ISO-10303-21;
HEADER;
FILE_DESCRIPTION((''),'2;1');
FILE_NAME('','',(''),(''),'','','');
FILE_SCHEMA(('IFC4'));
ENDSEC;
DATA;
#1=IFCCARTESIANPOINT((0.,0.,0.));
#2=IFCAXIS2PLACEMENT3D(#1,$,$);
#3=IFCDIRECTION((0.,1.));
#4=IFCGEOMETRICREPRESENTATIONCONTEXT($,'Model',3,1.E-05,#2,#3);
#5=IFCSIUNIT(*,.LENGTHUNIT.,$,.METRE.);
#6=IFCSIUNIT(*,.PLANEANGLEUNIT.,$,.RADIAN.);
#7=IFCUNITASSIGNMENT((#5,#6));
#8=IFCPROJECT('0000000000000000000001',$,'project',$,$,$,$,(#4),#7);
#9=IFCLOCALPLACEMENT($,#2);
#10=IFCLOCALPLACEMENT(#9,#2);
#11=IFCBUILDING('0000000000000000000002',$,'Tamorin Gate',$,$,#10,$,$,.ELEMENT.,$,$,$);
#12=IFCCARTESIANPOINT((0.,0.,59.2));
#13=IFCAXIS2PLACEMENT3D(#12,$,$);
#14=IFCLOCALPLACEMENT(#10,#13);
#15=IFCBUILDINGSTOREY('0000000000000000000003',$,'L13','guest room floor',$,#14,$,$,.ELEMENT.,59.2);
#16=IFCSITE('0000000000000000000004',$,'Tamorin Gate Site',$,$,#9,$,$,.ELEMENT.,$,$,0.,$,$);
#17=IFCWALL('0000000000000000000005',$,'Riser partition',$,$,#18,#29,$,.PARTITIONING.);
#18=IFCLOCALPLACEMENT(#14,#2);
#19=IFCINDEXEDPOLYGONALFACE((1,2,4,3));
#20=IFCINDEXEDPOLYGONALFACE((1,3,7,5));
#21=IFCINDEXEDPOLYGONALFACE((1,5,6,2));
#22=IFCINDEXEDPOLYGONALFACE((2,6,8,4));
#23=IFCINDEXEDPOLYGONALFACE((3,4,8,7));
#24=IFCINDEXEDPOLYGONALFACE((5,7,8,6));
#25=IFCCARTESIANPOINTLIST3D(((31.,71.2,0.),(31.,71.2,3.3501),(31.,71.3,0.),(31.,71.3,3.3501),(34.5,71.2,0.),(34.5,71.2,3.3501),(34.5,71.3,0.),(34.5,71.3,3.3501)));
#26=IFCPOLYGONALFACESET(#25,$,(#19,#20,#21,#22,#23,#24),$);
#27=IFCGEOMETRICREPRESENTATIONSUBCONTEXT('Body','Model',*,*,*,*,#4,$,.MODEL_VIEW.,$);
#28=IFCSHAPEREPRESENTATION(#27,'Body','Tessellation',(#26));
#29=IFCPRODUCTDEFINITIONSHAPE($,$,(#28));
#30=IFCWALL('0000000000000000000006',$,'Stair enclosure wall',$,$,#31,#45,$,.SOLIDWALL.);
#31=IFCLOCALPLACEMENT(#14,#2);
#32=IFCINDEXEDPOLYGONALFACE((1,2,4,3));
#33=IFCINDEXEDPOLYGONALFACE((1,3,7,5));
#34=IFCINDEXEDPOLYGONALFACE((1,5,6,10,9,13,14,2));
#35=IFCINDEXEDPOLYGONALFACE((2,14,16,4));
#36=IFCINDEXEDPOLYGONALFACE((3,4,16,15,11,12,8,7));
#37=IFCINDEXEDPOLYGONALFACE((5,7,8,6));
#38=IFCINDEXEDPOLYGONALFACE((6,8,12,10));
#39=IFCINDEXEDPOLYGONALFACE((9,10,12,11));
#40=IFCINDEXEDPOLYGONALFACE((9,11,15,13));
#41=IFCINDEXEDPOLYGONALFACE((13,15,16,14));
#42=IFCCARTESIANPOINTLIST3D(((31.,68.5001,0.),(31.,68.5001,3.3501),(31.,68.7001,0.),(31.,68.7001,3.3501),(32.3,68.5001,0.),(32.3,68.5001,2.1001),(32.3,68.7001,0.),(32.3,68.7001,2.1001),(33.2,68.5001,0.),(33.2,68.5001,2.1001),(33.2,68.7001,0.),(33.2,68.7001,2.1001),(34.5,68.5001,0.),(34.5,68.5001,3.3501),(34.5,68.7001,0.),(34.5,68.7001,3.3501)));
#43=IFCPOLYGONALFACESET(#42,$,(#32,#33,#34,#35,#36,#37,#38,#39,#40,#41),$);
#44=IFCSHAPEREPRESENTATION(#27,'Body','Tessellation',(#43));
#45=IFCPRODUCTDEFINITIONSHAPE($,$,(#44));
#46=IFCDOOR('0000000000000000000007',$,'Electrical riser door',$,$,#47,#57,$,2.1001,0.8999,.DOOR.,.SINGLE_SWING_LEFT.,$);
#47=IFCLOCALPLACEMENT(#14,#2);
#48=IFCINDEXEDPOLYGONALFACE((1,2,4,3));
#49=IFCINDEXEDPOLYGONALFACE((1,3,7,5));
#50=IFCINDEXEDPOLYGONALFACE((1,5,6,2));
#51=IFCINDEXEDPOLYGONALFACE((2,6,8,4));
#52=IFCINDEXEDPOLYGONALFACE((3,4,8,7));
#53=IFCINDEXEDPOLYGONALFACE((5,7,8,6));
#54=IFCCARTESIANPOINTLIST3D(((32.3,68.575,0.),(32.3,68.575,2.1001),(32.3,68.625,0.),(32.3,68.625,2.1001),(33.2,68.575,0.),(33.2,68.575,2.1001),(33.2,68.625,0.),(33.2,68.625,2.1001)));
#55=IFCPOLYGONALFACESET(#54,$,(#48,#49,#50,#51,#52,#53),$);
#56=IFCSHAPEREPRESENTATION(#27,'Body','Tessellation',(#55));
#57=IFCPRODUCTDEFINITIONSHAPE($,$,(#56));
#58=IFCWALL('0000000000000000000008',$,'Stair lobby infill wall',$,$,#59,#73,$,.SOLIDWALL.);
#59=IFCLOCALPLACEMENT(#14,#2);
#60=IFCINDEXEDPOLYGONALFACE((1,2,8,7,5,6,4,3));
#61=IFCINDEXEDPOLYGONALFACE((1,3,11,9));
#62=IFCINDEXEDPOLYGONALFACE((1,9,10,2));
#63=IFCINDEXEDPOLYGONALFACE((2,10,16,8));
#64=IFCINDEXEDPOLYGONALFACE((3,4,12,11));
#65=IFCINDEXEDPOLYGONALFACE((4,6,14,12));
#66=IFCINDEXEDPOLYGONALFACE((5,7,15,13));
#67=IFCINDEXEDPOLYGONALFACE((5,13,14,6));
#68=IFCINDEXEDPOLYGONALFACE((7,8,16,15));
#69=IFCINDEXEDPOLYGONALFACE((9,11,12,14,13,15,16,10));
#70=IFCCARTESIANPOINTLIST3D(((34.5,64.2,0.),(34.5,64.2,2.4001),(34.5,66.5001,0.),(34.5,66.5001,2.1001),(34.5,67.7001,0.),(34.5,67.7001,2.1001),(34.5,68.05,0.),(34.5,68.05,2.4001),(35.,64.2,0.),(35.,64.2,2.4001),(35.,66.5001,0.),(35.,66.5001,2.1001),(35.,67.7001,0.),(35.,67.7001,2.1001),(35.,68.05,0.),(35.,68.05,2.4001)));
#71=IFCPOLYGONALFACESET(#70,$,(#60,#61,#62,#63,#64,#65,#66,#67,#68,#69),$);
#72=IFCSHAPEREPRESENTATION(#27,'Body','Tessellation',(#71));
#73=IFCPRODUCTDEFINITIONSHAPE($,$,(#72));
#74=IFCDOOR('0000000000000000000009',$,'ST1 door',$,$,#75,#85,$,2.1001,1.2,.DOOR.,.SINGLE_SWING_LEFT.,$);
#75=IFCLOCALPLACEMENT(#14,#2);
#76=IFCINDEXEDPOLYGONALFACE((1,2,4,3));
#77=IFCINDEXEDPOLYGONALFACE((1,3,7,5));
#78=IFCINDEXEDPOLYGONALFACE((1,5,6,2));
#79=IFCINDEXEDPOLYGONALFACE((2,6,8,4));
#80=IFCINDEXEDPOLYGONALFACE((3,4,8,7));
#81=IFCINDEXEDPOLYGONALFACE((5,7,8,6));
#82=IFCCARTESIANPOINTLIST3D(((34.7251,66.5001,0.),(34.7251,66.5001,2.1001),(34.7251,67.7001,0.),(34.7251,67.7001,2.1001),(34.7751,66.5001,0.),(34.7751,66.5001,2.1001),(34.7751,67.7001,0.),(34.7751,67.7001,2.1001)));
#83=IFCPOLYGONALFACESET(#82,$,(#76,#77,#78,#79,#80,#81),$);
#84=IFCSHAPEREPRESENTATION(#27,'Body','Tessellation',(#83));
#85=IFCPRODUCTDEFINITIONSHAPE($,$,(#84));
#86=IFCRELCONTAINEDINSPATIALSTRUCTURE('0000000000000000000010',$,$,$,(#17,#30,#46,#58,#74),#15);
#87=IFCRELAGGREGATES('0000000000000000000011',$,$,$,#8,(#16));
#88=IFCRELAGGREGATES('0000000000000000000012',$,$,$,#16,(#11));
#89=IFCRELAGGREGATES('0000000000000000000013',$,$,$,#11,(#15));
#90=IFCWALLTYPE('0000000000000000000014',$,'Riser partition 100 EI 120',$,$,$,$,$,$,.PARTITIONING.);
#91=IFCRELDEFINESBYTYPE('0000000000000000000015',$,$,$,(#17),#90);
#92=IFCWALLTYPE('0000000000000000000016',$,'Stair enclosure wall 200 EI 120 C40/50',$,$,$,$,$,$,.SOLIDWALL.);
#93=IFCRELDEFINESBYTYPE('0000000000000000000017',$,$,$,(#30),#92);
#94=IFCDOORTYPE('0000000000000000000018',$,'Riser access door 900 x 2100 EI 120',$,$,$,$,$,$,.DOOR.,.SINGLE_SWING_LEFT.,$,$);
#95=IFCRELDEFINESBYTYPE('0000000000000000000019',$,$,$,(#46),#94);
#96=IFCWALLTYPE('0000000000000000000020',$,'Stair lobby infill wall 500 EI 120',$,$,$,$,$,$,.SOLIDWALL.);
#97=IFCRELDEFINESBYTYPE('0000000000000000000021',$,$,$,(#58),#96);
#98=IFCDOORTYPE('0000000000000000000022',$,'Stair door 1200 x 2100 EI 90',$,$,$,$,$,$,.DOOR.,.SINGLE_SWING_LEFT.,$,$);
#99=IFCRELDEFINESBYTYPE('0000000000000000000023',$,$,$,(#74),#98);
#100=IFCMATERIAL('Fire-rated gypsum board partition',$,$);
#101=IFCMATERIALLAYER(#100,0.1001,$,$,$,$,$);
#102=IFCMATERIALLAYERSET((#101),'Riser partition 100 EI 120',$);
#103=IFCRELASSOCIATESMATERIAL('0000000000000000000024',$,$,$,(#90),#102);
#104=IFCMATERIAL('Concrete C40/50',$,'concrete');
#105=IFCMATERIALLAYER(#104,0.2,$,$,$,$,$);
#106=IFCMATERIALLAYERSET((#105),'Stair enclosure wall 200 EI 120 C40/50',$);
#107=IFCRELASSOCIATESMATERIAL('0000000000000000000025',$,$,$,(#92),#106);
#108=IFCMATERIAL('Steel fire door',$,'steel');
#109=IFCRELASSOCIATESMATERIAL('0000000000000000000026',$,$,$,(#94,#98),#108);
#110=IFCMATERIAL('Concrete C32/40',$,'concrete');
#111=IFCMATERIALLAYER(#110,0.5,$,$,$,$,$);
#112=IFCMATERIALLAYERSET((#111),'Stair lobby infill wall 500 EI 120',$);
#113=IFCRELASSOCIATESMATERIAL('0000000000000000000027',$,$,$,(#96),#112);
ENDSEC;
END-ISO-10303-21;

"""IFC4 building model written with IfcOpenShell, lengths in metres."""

from ifc_helpers import new_model, si_unit, direction, frame, frame_2d, origin, place, context, subcontext, project, spatial, rectangle, extrude, material, layer, layer_set, type_object, element, fill, save


model = new_model("IFC4")

# Units and contexts
model_context = context("Model", 3, precision=1e-05, world=origin(), true_north=direction((0.0, 1.0)))
body_context = subcontext(model_context, "Body", "Model", "MODEL_VIEW")
ifc_project = project(units=[si_unit("LENGTHUNIT", "METRE"), si_unit("PLANEANGLEUNIT", "RADIAN")], contexts=[model_context])

# Site, building, storey
site_placement = place(None, origin())
site = spatial("IfcSite", under=ifc_project, at=site_placement, Name="Tamorin Gate Site", CompositionType="ELEMENT", RefElevation=0.0)
building_placement = place(site_placement, origin())
building = spatial("IfcBuilding", under=site, at=building_placement, Name="Tamorin Gate", CompositionType="ELEMENT")
storey_placement = place(building_placement, frame((0.0, 0.0, 59.2)))
storey = spatial("IfcBuildingStorey", under=building, at=storey_placement, Name="L13", Description="guest room floor", CompositionType="ELEMENT", Elevation=59.2)

# Shared definitions
ifc_material_1 = material(Name="Concrete C32/40", Category="concrete")

# Wall
ifc_material_2 = material(Name="Fire-rated gypsum board partition")
ifc_layer_1 = layer(ifc_material_2, 0.1001)
ifc_layer_set_1 = layer_set([ifc_layer_1], Name="Riser partition 100 EI 120")
wall_type_1 = type_object("IfcWallType", Name="Riser partition 100 EI 120", PredefinedType="PARTITIONING", material=ifc_layer_set_1)
wall_1_placement = place(storey_placement, frame((31.0, 71.25, 0.0), z_axis=(0.0, 0.0, 1.0), x_axis=(1.0, 0.0, 0.0)))
element("IfcWall", 1, at=wall_1_placement, inside=storey, type_object=wall_type_1, Name="Riser partition", PredefinedType="PARTITIONING", context=body_context, shape_type="SweptSolid", body=[
    extrude(rectangle(XDim=3.5, YDim=0.1001, at=frame_2d((1.75, 0.0))), origin(), (0.0, 0.0, 1.0), 3.3501),
])

# Walls, openings, doors
ifc_material_3 = material(Name="Concrete C40/50", Category="concrete")
ifc_layer_2 = layer(ifc_material_3, 0.2)
ifc_layer_set_2 = layer_set([ifc_layer_2], Name="Stair enclosure wall 200 EI 120 C40/50")
wall_type_2 = type_object("IfcWallType", Name="Stair enclosure wall 200 EI 120 C40/50", PredefinedType="SOLIDWALL", material=ifc_layer_set_2)
wall_2_placement = place(storey_placement, frame((31.0, 68.6001, 0.0), z_axis=(0.0, 0.0, 1.0), x_axis=(1.0, 0.0, 0.0)))
wall_2 = element("IfcWall", 2, at=wall_2_placement, inside=storey, type_object=wall_type_2, Name="Stair enclosure wall", PredefinedType="SOLIDWALL", context=body_context, shape_type="SweptSolid", body=[
    extrude(rectangle(XDim=3.5, YDim=0.2, at=frame_2d((1.75, 0.0))), origin(), (0.0, 0.0, 1.0), 3.3501),
])
opening_1_placement = place(wall_2_placement, frame((1.3, 0.0, 0.0)))
opening_1 = element("IfcOpeningElement", 3, at=opening_1_placement, cuts=wall_2, PredefinedType="OPENING", context=body_context, shape_type="SweptSolid", body=[
    extrude(rectangle(XDim=0.8999, YDim=2.1001, at=frame_2d((0.45, 1.05))), frame((0.0, 0.1099, 0.0), z_axis=(0.0, -1.0, 0.0), x_axis=(1.0, 0.0, 0.0)), (0.0, 0.0, 1.0), 0.22),
])
ifc_material_4 = material(Name="Steel fire door", Category="steel")
door_type_1 = type_object("IfcDoorType", Name="Riser access door 900 x 2100 EI 120", OperationType="SINGLE_SWING_LEFT", PredefinedType="DOOR", material=ifc_material_4)
door_1_placement = place(opening_1_placement, origin())
door_1 = element("IfcDoor", 4, at=door_1_placement, inside=storey, type_object=door_type_1, Name="Electrical riser door", OperationType="SINGLE_SWING_LEFT", OverallHeight=2.1001, OverallWidth=0.8999, PredefinedType="DOOR", context=body_context, shape_type="SweptSolid", body=[
    extrude(rectangle(XDim=0.8999, YDim=2.1001, at=frame_2d((0.45, 1.05))), frame((0.0, 0.0249, 0.0), z_axis=(0.0, -1.0, 0.0), x_axis=(1.0, 0.0, 0.0)), (0.0, 0.0, 1.0), 0.05),
])
fill(opening_1, door_1)
ifc_layer_3 = layer(ifc_material_1, 0.5)
ifc_layer_set_3 = layer_set([ifc_layer_3], Name="Stair lobby infill wall 500 EI 120")
wall_type_3 = type_object("IfcWallType", Name="Stair lobby infill wall 500 EI 120", PredefinedType="SOLIDWALL", material=ifc_layer_set_3)
wall_3_placement = place(storey_placement, frame((34.75, 64.2, 0.0), z_axis=(0.0, 0.0, 1.0), x_axis=(0.0, 1.0, 0.0)))
wall_3 = element("IfcWall", 5, at=wall_3_placement, inside=storey, type_object=wall_type_3, Name="Stair lobby infill wall", PredefinedType="SOLIDWALL", context=body_context, shape_type="SweptSolid", body=[
    extrude(rectangle(XDim=3.8501, YDim=0.5, at=frame_2d((1.925, 0.0))), origin(), (0.0, 0.0, 1.0), 2.4001),
])
opening_2_placement = place(wall_3_placement, frame((2.3, 0.0, 0.0)))
opening_2 = element("IfcOpeningElement", 6, at=opening_2_placement, cuts=wall_3, PredefinedType="OPENING", context=body_context, shape_type="SweptSolid", body=[
    extrude(rectangle(XDim=1.2, YDim=2.1001, at=frame_2d((0.6001, 1.05))), frame((0.0, 0.26, 0.0), z_axis=(0.0, -1.0, 0.0), x_axis=(1.0, 0.0, 0.0)), (0.0, 0.0, 1.0), 0.52),
])
door_type_2 = type_object("IfcDoorType", Name="Stair door 1200 x 2100 EI 90", OperationType="SINGLE_SWING_LEFT", PredefinedType="DOOR", material=ifc_material_4)
door_2_placement = place(opening_2_placement, origin())
door_2 = element("IfcDoor", 7, at=door_2_placement, inside=storey, type_object=door_type_2, Name="ST1 door", OperationType="SINGLE_SWING_LEFT", OverallHeight=2.1001, OverallWidth=1.2, PredefinedType="DOOR", context=body_context, shape_type="SweptSolid", body=[
    extrude(rectangle(XDim=1.2, YDim=2.1001, at=frame_2d((0.6001, 1.05))), frame((0.0, 0.0249, 0.0), z_axis=(0.0, -1.0, 0.0), x_axis=(1.0, 0.0, 0.0)), (0.0, 0.0, 1.0), 0.05),
])
fill(opening_2, door_2)

save(model, "model.ifc")
